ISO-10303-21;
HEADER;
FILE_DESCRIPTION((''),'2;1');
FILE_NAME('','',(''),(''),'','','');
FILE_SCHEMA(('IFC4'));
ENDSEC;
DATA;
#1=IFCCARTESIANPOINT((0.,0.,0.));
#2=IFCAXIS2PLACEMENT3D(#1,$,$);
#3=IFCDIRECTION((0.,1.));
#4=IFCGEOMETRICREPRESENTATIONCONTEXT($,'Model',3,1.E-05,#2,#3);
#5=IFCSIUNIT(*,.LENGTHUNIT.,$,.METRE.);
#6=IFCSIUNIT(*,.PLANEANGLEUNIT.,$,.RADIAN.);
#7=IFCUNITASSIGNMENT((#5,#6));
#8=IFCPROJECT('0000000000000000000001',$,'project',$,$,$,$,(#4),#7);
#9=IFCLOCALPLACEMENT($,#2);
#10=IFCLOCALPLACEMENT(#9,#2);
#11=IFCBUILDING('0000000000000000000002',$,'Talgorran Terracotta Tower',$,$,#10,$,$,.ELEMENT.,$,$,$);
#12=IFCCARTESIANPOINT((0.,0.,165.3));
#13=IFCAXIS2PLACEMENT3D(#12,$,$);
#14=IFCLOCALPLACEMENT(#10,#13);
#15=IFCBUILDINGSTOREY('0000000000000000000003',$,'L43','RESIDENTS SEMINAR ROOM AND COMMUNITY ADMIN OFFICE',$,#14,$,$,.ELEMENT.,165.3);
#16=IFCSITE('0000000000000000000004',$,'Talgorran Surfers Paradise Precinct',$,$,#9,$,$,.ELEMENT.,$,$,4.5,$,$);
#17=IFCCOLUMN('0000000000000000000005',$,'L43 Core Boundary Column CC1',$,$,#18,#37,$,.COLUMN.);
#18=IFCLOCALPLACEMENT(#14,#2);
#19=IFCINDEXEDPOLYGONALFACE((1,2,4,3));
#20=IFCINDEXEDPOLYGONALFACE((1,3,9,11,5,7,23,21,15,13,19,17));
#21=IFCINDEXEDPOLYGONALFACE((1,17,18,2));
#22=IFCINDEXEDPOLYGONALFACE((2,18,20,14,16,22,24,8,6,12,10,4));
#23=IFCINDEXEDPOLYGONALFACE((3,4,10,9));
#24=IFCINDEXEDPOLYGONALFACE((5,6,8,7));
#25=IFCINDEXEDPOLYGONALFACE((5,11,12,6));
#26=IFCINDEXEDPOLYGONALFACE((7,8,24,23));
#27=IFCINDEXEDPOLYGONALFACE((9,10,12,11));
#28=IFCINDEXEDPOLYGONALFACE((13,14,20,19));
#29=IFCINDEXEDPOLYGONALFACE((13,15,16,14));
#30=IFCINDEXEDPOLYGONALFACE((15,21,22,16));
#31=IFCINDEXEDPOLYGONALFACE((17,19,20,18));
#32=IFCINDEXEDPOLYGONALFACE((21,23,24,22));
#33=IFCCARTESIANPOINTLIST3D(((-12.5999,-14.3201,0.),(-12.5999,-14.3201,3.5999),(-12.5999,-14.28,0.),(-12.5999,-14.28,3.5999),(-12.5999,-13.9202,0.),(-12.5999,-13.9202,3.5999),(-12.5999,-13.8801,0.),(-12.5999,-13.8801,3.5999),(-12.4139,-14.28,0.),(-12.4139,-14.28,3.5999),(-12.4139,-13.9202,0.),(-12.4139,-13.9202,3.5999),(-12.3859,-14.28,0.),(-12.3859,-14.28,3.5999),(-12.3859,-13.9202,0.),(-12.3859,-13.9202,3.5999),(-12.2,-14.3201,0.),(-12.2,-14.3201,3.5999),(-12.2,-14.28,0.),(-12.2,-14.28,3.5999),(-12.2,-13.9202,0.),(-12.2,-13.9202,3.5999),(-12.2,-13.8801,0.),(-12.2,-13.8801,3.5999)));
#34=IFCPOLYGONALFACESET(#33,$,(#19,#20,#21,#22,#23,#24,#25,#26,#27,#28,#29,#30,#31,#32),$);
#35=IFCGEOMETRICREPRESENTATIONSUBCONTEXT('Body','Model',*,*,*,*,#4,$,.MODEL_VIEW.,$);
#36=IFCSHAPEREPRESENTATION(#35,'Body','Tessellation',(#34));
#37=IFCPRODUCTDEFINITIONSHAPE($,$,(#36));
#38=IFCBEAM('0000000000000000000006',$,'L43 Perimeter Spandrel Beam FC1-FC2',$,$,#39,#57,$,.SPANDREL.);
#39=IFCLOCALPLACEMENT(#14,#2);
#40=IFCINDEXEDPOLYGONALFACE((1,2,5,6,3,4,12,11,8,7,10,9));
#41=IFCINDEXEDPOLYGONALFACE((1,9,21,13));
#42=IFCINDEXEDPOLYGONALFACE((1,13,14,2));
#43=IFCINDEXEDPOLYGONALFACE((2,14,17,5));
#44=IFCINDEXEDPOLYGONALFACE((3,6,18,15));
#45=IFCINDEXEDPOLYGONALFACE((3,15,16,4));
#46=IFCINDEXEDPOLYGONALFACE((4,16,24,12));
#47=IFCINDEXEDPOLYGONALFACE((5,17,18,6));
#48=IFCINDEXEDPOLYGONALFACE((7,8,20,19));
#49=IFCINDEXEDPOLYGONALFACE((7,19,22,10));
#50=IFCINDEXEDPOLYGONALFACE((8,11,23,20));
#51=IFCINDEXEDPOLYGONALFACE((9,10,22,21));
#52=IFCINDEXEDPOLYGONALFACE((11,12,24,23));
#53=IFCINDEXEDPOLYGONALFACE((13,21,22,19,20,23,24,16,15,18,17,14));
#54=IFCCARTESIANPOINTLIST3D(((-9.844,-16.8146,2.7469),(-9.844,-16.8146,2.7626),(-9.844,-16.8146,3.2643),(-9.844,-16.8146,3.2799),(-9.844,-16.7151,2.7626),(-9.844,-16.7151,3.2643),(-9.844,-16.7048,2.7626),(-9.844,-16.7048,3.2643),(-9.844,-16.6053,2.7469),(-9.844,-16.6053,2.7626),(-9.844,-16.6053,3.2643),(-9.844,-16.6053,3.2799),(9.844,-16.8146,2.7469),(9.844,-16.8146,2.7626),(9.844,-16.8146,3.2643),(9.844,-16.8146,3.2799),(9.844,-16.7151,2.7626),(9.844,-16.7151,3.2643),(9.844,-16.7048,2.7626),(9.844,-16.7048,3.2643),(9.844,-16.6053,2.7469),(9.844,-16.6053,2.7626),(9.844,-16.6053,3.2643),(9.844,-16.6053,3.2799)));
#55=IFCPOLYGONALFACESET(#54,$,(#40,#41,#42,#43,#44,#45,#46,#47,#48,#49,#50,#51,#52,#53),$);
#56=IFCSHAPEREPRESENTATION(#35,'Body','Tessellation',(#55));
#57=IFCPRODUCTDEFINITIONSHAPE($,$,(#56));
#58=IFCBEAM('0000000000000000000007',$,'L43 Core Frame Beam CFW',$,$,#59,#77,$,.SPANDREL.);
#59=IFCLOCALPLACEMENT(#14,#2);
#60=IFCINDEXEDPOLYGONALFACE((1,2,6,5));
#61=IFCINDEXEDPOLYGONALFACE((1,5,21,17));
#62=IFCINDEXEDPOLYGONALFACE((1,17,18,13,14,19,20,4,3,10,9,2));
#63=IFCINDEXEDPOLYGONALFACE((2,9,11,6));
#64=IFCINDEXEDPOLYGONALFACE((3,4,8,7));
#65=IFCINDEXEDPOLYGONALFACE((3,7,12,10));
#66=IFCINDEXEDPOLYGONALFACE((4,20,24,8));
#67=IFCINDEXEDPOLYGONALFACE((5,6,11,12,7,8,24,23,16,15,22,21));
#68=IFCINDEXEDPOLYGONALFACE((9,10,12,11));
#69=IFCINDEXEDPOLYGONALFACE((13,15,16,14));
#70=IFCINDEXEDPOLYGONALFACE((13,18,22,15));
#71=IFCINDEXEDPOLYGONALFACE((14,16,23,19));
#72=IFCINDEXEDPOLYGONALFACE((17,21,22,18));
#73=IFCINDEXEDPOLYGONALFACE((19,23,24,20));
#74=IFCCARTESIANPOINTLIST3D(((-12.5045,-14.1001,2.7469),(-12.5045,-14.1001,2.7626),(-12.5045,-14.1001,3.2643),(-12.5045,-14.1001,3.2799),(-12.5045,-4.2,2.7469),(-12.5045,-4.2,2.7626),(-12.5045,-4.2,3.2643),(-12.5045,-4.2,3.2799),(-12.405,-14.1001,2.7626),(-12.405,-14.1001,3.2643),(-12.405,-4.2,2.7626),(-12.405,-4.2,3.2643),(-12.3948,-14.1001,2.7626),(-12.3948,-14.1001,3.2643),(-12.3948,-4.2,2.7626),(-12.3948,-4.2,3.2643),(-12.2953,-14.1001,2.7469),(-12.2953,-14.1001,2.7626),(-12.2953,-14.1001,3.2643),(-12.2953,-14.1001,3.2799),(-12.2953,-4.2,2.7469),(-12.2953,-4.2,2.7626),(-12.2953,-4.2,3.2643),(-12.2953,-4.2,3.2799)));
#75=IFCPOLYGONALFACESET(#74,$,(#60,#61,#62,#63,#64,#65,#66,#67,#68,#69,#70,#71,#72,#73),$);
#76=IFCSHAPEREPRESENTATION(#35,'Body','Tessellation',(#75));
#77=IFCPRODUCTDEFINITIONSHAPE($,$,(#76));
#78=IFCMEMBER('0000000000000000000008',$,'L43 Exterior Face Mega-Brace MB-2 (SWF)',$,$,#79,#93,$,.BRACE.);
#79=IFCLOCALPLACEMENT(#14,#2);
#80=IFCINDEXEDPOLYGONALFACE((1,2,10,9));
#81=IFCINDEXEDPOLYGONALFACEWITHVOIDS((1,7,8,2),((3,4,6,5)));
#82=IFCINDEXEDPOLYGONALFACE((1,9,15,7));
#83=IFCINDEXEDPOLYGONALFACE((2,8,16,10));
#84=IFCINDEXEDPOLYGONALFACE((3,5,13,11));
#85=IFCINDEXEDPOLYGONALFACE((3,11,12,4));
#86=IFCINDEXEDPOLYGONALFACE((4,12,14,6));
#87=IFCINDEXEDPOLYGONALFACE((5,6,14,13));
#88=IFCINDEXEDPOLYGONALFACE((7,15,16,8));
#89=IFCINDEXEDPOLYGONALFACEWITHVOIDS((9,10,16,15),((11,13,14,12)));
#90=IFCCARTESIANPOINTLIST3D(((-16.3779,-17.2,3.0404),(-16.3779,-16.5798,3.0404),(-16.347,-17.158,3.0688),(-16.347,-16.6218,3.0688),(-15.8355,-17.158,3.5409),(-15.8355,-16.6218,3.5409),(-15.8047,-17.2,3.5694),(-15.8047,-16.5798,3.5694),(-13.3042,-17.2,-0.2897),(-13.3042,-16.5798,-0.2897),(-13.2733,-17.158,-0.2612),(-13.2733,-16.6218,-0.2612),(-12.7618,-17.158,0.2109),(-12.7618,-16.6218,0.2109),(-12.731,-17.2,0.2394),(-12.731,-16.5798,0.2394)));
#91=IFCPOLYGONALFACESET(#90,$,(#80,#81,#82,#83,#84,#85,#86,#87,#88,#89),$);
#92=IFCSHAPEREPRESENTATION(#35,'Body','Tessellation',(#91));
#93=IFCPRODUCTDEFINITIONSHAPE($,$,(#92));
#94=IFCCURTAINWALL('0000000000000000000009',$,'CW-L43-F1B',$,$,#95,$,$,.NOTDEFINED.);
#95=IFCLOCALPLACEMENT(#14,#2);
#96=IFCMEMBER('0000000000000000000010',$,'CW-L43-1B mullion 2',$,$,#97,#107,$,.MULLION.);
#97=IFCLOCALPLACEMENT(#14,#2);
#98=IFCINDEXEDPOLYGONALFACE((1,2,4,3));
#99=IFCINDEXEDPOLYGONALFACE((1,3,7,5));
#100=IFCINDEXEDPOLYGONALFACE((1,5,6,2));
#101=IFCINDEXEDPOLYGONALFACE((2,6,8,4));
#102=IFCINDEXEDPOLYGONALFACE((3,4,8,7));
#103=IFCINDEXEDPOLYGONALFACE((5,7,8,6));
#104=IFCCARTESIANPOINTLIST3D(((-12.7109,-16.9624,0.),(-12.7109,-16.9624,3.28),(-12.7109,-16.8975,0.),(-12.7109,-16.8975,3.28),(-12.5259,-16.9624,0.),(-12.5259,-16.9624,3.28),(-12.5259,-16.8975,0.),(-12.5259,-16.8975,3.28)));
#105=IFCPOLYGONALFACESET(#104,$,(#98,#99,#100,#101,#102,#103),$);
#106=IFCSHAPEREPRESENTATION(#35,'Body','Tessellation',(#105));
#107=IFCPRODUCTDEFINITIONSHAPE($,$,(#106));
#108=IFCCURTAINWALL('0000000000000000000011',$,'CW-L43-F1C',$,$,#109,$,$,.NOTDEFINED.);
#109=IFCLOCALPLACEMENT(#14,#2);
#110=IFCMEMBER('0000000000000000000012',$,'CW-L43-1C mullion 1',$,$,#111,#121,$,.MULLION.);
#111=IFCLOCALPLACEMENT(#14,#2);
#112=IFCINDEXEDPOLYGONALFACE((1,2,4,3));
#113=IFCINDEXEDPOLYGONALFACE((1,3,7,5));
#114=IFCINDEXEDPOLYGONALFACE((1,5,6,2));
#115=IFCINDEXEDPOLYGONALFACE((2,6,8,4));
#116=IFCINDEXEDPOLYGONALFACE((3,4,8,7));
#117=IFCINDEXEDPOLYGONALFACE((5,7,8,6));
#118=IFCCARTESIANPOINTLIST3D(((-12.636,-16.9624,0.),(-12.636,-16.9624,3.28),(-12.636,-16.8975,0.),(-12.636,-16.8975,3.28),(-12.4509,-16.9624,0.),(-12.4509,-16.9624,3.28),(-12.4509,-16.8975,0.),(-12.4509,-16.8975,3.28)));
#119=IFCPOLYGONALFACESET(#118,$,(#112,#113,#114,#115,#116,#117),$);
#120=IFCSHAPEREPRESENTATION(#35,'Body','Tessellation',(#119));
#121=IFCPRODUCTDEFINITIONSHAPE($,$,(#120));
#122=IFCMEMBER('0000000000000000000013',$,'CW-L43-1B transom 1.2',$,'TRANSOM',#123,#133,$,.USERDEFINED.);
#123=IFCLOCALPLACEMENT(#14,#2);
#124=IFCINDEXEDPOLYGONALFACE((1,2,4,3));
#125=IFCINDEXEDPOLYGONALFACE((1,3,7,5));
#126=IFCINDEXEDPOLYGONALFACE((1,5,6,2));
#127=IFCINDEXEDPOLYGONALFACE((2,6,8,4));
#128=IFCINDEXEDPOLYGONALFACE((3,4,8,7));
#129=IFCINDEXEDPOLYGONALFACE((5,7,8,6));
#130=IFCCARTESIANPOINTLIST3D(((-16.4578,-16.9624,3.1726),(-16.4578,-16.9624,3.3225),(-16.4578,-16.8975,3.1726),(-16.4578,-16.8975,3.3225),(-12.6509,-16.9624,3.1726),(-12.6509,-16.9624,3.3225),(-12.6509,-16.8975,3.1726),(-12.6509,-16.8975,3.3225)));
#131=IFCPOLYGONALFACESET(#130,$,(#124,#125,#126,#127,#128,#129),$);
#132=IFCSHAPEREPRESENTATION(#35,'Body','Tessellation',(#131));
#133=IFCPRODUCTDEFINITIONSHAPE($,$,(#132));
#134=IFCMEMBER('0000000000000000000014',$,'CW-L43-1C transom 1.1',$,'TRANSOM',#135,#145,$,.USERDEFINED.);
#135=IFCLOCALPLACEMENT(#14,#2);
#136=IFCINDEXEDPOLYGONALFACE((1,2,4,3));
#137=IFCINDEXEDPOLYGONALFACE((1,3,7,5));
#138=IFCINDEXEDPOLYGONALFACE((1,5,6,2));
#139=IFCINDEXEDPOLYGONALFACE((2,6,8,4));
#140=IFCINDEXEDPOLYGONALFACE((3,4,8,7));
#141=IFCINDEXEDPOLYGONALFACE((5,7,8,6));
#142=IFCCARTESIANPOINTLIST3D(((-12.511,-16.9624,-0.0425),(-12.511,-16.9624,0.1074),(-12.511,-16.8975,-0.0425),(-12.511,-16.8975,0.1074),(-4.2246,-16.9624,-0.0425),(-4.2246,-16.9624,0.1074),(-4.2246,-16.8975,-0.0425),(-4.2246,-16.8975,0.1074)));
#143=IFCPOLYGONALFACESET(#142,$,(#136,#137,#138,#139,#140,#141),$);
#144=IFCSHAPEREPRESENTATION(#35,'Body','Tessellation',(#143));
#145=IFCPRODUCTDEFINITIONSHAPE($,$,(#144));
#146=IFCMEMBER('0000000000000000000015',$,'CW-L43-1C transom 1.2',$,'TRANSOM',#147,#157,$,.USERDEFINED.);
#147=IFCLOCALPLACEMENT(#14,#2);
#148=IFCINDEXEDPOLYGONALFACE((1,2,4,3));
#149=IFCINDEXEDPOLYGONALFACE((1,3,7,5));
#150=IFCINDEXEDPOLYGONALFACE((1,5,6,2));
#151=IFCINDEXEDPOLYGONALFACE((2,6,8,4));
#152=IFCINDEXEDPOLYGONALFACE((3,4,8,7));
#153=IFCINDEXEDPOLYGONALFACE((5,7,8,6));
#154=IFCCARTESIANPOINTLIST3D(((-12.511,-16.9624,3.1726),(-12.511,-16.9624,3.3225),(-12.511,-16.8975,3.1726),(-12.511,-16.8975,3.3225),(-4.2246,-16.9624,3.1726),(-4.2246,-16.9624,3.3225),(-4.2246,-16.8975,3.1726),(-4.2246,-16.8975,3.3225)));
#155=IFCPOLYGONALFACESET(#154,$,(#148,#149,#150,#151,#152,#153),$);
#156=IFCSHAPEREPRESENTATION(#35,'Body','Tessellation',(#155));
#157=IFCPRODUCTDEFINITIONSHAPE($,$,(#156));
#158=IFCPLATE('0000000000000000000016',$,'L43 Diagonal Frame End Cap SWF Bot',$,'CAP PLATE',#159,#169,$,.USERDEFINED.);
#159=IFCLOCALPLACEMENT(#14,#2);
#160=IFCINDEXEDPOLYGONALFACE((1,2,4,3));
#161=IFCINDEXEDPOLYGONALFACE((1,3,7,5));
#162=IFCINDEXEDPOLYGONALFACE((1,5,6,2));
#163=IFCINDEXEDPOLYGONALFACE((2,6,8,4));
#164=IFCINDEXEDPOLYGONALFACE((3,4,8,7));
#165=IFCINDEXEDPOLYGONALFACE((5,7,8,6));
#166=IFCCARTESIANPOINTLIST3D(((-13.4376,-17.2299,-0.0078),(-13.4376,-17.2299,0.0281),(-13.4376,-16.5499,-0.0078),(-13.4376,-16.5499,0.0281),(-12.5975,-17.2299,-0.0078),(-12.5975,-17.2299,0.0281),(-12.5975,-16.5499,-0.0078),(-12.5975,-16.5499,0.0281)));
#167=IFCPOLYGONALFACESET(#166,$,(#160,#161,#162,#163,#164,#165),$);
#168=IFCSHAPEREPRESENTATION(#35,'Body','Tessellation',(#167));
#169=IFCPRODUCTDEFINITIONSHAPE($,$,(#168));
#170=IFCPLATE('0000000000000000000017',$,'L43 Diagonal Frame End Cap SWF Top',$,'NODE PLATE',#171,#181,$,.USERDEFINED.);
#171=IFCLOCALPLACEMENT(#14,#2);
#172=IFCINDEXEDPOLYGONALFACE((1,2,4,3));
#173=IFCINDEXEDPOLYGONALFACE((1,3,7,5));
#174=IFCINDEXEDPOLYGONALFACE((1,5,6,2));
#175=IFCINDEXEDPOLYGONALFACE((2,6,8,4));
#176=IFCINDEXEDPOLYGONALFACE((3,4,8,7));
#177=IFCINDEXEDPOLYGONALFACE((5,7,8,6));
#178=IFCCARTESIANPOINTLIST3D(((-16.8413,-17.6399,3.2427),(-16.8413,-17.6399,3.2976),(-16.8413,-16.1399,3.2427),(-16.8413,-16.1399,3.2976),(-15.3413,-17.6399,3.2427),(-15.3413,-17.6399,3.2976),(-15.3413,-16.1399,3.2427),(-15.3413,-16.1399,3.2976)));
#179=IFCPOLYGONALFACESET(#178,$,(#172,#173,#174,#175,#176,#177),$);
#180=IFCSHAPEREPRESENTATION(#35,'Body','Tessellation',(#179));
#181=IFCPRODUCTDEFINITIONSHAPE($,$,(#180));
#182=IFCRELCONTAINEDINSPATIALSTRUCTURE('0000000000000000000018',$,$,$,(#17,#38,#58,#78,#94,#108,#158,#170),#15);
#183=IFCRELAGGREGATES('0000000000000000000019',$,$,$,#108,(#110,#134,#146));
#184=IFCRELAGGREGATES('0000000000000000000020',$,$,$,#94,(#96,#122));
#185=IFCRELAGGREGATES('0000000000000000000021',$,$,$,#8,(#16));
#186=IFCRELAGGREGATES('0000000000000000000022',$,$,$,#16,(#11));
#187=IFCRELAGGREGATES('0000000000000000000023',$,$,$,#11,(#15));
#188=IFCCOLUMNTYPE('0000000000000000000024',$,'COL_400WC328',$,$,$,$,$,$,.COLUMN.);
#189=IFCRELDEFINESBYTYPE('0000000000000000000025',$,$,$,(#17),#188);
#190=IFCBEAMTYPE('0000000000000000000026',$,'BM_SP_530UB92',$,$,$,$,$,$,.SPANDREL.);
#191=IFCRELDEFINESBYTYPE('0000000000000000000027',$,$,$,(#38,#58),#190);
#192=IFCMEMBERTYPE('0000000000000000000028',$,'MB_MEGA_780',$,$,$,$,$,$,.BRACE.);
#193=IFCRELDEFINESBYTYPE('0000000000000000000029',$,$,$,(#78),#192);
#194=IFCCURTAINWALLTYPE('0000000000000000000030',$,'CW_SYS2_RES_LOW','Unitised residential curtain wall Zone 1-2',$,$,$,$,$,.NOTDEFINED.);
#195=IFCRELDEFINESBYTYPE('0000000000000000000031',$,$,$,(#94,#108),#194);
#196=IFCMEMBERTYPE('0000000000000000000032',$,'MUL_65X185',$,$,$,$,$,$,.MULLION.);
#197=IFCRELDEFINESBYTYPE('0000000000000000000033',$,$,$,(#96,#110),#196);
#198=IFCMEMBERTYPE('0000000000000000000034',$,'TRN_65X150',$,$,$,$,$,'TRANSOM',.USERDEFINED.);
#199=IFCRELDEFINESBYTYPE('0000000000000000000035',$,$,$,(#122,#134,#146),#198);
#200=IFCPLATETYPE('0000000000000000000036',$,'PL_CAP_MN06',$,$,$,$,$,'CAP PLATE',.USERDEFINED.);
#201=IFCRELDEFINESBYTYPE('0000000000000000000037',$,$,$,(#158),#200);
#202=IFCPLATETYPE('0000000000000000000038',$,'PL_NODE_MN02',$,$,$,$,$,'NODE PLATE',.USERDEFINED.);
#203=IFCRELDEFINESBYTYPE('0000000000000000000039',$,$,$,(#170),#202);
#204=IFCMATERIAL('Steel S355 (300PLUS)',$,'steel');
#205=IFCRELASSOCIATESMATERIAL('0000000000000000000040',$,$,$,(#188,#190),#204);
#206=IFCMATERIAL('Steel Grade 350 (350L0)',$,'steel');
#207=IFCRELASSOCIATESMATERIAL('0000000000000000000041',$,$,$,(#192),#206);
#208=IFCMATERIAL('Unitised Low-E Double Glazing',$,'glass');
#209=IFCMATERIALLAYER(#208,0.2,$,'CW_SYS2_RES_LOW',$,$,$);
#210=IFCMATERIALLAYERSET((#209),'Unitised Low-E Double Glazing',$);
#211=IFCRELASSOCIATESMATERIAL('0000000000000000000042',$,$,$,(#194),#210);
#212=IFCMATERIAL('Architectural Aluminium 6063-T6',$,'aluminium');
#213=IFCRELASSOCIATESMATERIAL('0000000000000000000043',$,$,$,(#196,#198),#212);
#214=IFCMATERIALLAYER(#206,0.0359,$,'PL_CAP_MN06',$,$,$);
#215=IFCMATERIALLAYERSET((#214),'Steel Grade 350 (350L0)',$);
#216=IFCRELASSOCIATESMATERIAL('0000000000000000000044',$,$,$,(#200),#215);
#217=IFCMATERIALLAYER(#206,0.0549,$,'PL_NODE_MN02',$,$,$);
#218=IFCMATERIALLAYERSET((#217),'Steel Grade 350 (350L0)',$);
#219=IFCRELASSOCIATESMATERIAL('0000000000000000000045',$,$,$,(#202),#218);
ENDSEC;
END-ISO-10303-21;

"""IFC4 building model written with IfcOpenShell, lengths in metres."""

from ifc_helpers import new_model, si_unit, direction, frame, origin, origin_2d, place, context, subcontext, project, spatial, rectangle, hollow_rectangle, i_section, extrude, material, layer, layer_set, material_profile, profile_set, type_object, element, aggregate, save


model = new_model("IFC4")

# Units and contexts
model_context = context("Model", 3, precision=1e-05, world=origin(), true_north=direction((0.0, 1.0)))
body_context = subcontext(model_context, "Body", "Model", "MODEL_VIEW")
ifc_project = project(units=[si_unit("LENGTHUNIT", "METRE"), si_unit("PLANEANGLEUNIT", "RADIAN")], contexts=[model_context])

# Site, building, storey
site_placement = place(None, origin())
site = spatial("IfcSite", under=ifc_project, at=site_placement, Name="Talgorran Surfers Paradise Precinct", CompositionType="ELEMENT", RefElevation=4.5)
building_placement = place(site_placement, origin())
building = spatial("IfcBuilding", under=site, at=building_placement, Name="Talgorran Terracotta Tower", CompositionType="ELEMENT")
storey_placement = place(building_placement, frame((0.0, 0.0, 165.3)))
storey = spatial("IfcBuildingStorey", under=building, at=storey_placement, Name="L43", Description="RESIDENTS SEMINAR ROOM AND COMMUNITY ADMIN OFFICE", CompositionType="ELEMENT", Elevation=165.3)

# Column
ifc_material_1 = material(Name="Steel S355 (300PLUS)", Category="steel")
ifc_material_profile_1 = material_profile(ifc_material_1, i_section(OverallWidth=0.3999, OverallDepth=0.4399, WebThickness=0.0281, FlangeThickness=0.04, at=origin_2d()), Name="400WC328")
ifc_profile_set_1 = profile_set([ifc_material_profile_1], Name="Steel S355 (300PLUS)")
column_type = type_object("IfcColumnType", Name="COL_400WC328", PredefinedType="COLUMN", material=ifc_profile_set_1)
column_placement = place(storey_placement, frame((-12.3999, -14.1001, 0.0), z_axis=(0.0, 0.0, 1.0), x_axis=(1.0, 0.0, 0.0)))
element("IfcColumn", 1, at=column_placement, inside=storey, type_object=column_type, Name="L43 Core Boundary Column CC1", PredefinedType="COLUMN", context=body_context, shape_type="SweptSolid", body=[
    extrude(i_section(OverallWidth=0.3999, OverallDepth=0.4399, WebThickness=0.0281, FlangeThickness=0.04, at=origin_2d()), origin(), (0.0, 0.0, 1.0), 3.5999),
])

# Beams
ifc_material_profile_2 = material_profile(ifc_material_1, i_section(OverallWidth=0.2092, OverallDepth=0.533, WebThickness=0.0103, FlangeThickness=0.0156, at=origin_2d()), Name="530UB92.4")
ifc_profile_set_2 = profile_set([ifc_material_profile_2], Name="Steel S355 (300PLUS)")
beam_type = type_object("IfcBeamType", Name="BM_SP_530UB92", PredefinedType="SPANDREL", material=ifc_profile_set_2)
beam_1_placement = place(storey_placement, frame((-9.844, -16.71, 3.0134), z_axis=(1.0, 0.0, 0.0), x_axis=(0.0, 1.0, 0.0)))
element("IfcBeam", 2, at=beam_1_placement, inside=storey, type_object=beam_type, Name="L43 Perimeter Spandrel Beam FC1-FC2", PredefinedType="SPANDREL", context=body_context, shape_type="SweptSolid", body=[
    extrude(i_section(OverallWidth=0.2092, OverallDepth=0.533, WebThickness=0.0103, FlangeThickness=0.0156, at=origin_2d()), origin(), (0.0, 0.0, 1.0), 19.688),
])
beam_2_placement = place(storey_placement, frame((-12.3999, -14.1001, 3.0134), z_axis=(0.0, 1.0, 0.0), x_axis=(-1.0, 0.0, 0.0)))
element("IfcBeam", 3, at=beam_2_placement, inside=storey, type_object=beam_type, Name="L43 Core Frame Beam CFW", PredefinedType="SPANDREL", context=body_context, shape_type="SweptSolid", body=[
    extrude(i_section(OverallWidth=0.2092, OverallDepth=0.533, WebThickness=0.0103, FlangeThickness=0.0156, at=origin_2d()), origin(), (0.0, 0.0, 1.0), 9.9001),
])

# Member
ifc_material_2 = material(Name="Steel Grade 350 (350L0)", Category="steel")
ifc_material_profile_3 = material_profile(ifc_material_2, hollow_rectangle(XDim=0.6201, YDim=0.78, WallThickness=0.042, at=origin_2d()), Name="WBOX780X620X42")
ifc_profile_set_3 = profile_set([ifc_material_profile_3], Name="Steel Grade 350 (350L0)")
member_type_1 = type_object("IfcMemberType", Name="MB_MEGA_780", PredefinedType="BRACE", material=ifc_profile_set_3)
member_1_placement = place(storey_placement, frame((-13.0176, -16.8899, -0.0251), z_axis=(-0.678258, 0.0, 0.734824), x_axis=(0.0, -1.0, 0.0)))
element("IfcMember", 4, at=member_1_placement, inside=storey, type_object=member_type_1, Name="L43 Exterior Face Mega-Brace MB-2 (SWF)", PredefinedType="BRACE", context=body_context, shape_type="SweptSolid", body=[
    extrude(hollow_rectangle(XDim=0.6201, YDim=0.78, WallThickness=0.042, at=origin_2d()), origin(), (0.0, 0.0, 1.0), 4.5317),
])

# Curtain walls, members
ifc_material_3 = material(Name="Unitised Low-E Double Glazing", Category="glass")
ifc_layer_1 = layer(ifc_material_3, 0.2, Name="CW_SYS2_RES_LOW")
ifc_layer_set_1 = layer_set([ifc_layer_1], Name="Unitised Low-E Double Glazing")
curtain_wall_type = type_object("IfcCurtainWallType", Name="CW_SYS2_RES_LOW", Description="Unitised residential curtain wall Zone 1-2", PredefinedType="NOTDEFINED", material=ifc_layer_set_1)
curtain_wall_1_placement = place(storey_placement, origin())
curtain_wall_1 = element("IfcCurtainWall", 5, at=curtain_wall_1_placement, inside=storey, type_object=curtain_wall_type, Name="CW-L43-F1B", PredefinedType="NOTDEFINED")
ifc_material_4 = material(Name="Architectural Aluminium 6063-T6", Category="aluminium")
ifc_material_profile_4 = material_profile(ifc_material_4, rectangle(XDim=0.0649, YDim=0.1851, at=origin_2d()), Name="CWM65X185")
ifc_profile_set_4 = profile_set([ifc_material_profile_4], Name="Architectural Aluminium 6063-T6")
member_type_2 = type_object("IfcMemberType", Name="MUL_65X185", PredefinedType="MULLION", material=ifc_profile_set_4)
member_2_placement = place(storey_placement, frame((-12.6184, -16.9299, 0.0), z_axis=(0.0, 0.0, 1.0), x_axis=(0.0, 1.0, 0.0)))
member_2 = element("IfcMember", 6, at=member_2_placement, type_object=member_type_2, Name="CW-L43-1B mullion 2", PredefinedType="MULLION", context=body_context, shape_type="SweptSolid", body=[
    extrude(rectangle(XDim=0.0649, YDim=0.1851, at=origin_2d()), origin(), (0.0, 0.0, 1.0), 3.28),
])
curtain_wall_2_placement = place(storey_placement, origin())
curtain_wall_2 = element("IfcCurtainWall", 7, at=curtain_wall_2_placement, inside=storey, type_object=curtain_wall_type, Name="CW-L43-F1C", PredefinedType="NOTDEFINED")
member_3_placement = place(storey_placement, frame((-12.5435, -16.9299, 0.0), z_axis=(0.0, 0.0, 1.0), x_axis=(0.0, 1.0, 0.0)))
member_3 = element("IfcMember", 8, at=member_3_placement, type_object=member_type_2, Name="CW-L43-1C mullion 1", PredefinedType="MULLION", context=body_context, shape_type="SweptSolid", body=[
    extrude(rectangle(XDim=0.0649, YDim=0.1851, at=origin_2d()), origin(), (0.0, 0.0, 1.0), 3.28),
])

# Members
ifc_material_profile_5 = material_profile(ifc_material_4, rectangle(XDim=0.0649, YDim=0.1499, at=origin_2d()), Name="CWT65X150")
ifc_profile_set_5 = profile_set([ifc_material_profile_5], Name="Architectural Aluminium 6063-T6")
member_type_3 = type_object("IfcMemberType", Name="TRN_65X150", ElementType="TRANSOM", PredefinedType="USERDEFINED", material=ifc_profile_set_5)
member_4_placement = place(storey_placement, frame((-16.4578, -16.9299, 3.2476), z_axis=(1.0, 0.0, 0.0), x_axis=(0.0, 1.0, 0.0)))
member_4 = element("IfcMember", 9, at=member_4_placement, type_object=member_type_3, Name="CW-L43-1B transom 1.2", ObjectType="TRANSOM", PredefinedType="USERDEFINED", context=body_context, shape_type="SweptSolid", body=[
    extrude(rectangle(XDim=0.0649, YDim=0.1499, at=origin_2d()), origin(), (0.0, 0.0, 1.0), 3.8069),
])
member_5_placement = place(storey_placement, frame((-12.511, -16.9299, 0.0325), z_axis=(1.0, 0.0, 0.0), x_axis=(0.0, 1.0, 0.0)))
member_5 = element("IfcMember", 10, at=member_5_placement, type_object=member_type_3, Name="CW-L43-1C transom 1.1", ObjectType="TRANSOM", PredefinedType="USERDEFINED", context=body_context, shape_type="SweptSolid", body=[
    extrude(rectangle(XDim=0.0649, YDim=0.1499, at=origin_2d()), origin(), (0.0, 0.0, 1.0), 8.2864),
])
member_6_placement = place(storey_placement, frame((-12.511, -16.9299, 3.2476), z_axis=(1.0, 0.0, 0.0), x_axis=(0.0, 1.0, 0.0)))
member_6 = element("IfcMember", 11, at=member_6_placement, type_object=member_type_3, Name="CW-L43-1C transom 1.2", ObjectType="TRANSOM", PredefinedType="USERDEFINED", context=body_context, shape_type="SweptSolid", body=[
    extrude(rectangle(XDim=0.0649, YDim=0.1499, at=origin_2d()), origin(), (0.0, 0.0, 1.0), 8.2864),
])
aggregate(curtain_wall_2, [member_3, member_5, member_6])

# Plates
ifc_layer_2 = layer(ifc_material_2, 0.0359, Name="PL_CAP_MN06")
ifc_layer_set_2 = layer_set([ifc_layer_2], Name="Steel Grade 350 (350L0)")
plate_type_1 = type_object("IfcPlateType", Name="PL_CAP_MN06", ElementType="CAP PLATE", PredefinedType="USERDEFINED", material=ifc_layer_set_2)
plate_1_placement = place(storey_placement, frame((-13.0176, -16.8899, -0.0078), z_axis=(0.0, 0.0, 1.0), x_axis=(-1.0, 0.0, 0.0)))
element("IfcPlate", 12, at=plate_1_placement, inside=storey, type_object=plate_type_1, Name="L43 Diagonal Frame End Cap SWF Bot", ObjectType="CAP PLATE", PredefinedType="USERDEFINED", context=body_context, shape_type="SweptSolid", body=[
    extrude(rectangle(XDim=0.8401, YDim=0.6799, at=origin_2d()), origin(), (0.0, 0.0, 1.0), 0.0359),
])
ifc_layer_3 = layer(ifc_material_2, 0.0549, Name="PL_NODE_MN02")
ifc_layer_set_3 = layer_set([ifc_layer_3], Name="Steel Grade 350 (350L0)")
plate_type_2 = type_object("IfcPlateType", Name="PL_NODE_MN02", ElementType="NODE PLATE", PredefinedType="USERDEFINED", material=ifc_layer_set_3)
plate_2_placement = place(storey_placement, frame((-16.0913, -16.8899, 3.2427), z_axis=(0.0, 0.0, 1.0), x_axis=(-1.0, 0.0, 0.0)))
element("IfcPlate", 13, at=plate_2_placement, inside=storey, type_object=plate_type_2, Name="L43 Diagonal Frame End Cap SWF Top", ObjectType="NODE PLATE", PredefinedType="USERDEFINED", context=body_context, shape_type="SweptSolid", body=[
    extrude(rectangle(XDim=1.5, YDim=1.5, at=origin_2d()), origin(), (0.0, 0.0, 1.0), 0.0549),
])

aggregate(curtain_wall_1, [member_2, member_4])

save(model, "model.ifc")
